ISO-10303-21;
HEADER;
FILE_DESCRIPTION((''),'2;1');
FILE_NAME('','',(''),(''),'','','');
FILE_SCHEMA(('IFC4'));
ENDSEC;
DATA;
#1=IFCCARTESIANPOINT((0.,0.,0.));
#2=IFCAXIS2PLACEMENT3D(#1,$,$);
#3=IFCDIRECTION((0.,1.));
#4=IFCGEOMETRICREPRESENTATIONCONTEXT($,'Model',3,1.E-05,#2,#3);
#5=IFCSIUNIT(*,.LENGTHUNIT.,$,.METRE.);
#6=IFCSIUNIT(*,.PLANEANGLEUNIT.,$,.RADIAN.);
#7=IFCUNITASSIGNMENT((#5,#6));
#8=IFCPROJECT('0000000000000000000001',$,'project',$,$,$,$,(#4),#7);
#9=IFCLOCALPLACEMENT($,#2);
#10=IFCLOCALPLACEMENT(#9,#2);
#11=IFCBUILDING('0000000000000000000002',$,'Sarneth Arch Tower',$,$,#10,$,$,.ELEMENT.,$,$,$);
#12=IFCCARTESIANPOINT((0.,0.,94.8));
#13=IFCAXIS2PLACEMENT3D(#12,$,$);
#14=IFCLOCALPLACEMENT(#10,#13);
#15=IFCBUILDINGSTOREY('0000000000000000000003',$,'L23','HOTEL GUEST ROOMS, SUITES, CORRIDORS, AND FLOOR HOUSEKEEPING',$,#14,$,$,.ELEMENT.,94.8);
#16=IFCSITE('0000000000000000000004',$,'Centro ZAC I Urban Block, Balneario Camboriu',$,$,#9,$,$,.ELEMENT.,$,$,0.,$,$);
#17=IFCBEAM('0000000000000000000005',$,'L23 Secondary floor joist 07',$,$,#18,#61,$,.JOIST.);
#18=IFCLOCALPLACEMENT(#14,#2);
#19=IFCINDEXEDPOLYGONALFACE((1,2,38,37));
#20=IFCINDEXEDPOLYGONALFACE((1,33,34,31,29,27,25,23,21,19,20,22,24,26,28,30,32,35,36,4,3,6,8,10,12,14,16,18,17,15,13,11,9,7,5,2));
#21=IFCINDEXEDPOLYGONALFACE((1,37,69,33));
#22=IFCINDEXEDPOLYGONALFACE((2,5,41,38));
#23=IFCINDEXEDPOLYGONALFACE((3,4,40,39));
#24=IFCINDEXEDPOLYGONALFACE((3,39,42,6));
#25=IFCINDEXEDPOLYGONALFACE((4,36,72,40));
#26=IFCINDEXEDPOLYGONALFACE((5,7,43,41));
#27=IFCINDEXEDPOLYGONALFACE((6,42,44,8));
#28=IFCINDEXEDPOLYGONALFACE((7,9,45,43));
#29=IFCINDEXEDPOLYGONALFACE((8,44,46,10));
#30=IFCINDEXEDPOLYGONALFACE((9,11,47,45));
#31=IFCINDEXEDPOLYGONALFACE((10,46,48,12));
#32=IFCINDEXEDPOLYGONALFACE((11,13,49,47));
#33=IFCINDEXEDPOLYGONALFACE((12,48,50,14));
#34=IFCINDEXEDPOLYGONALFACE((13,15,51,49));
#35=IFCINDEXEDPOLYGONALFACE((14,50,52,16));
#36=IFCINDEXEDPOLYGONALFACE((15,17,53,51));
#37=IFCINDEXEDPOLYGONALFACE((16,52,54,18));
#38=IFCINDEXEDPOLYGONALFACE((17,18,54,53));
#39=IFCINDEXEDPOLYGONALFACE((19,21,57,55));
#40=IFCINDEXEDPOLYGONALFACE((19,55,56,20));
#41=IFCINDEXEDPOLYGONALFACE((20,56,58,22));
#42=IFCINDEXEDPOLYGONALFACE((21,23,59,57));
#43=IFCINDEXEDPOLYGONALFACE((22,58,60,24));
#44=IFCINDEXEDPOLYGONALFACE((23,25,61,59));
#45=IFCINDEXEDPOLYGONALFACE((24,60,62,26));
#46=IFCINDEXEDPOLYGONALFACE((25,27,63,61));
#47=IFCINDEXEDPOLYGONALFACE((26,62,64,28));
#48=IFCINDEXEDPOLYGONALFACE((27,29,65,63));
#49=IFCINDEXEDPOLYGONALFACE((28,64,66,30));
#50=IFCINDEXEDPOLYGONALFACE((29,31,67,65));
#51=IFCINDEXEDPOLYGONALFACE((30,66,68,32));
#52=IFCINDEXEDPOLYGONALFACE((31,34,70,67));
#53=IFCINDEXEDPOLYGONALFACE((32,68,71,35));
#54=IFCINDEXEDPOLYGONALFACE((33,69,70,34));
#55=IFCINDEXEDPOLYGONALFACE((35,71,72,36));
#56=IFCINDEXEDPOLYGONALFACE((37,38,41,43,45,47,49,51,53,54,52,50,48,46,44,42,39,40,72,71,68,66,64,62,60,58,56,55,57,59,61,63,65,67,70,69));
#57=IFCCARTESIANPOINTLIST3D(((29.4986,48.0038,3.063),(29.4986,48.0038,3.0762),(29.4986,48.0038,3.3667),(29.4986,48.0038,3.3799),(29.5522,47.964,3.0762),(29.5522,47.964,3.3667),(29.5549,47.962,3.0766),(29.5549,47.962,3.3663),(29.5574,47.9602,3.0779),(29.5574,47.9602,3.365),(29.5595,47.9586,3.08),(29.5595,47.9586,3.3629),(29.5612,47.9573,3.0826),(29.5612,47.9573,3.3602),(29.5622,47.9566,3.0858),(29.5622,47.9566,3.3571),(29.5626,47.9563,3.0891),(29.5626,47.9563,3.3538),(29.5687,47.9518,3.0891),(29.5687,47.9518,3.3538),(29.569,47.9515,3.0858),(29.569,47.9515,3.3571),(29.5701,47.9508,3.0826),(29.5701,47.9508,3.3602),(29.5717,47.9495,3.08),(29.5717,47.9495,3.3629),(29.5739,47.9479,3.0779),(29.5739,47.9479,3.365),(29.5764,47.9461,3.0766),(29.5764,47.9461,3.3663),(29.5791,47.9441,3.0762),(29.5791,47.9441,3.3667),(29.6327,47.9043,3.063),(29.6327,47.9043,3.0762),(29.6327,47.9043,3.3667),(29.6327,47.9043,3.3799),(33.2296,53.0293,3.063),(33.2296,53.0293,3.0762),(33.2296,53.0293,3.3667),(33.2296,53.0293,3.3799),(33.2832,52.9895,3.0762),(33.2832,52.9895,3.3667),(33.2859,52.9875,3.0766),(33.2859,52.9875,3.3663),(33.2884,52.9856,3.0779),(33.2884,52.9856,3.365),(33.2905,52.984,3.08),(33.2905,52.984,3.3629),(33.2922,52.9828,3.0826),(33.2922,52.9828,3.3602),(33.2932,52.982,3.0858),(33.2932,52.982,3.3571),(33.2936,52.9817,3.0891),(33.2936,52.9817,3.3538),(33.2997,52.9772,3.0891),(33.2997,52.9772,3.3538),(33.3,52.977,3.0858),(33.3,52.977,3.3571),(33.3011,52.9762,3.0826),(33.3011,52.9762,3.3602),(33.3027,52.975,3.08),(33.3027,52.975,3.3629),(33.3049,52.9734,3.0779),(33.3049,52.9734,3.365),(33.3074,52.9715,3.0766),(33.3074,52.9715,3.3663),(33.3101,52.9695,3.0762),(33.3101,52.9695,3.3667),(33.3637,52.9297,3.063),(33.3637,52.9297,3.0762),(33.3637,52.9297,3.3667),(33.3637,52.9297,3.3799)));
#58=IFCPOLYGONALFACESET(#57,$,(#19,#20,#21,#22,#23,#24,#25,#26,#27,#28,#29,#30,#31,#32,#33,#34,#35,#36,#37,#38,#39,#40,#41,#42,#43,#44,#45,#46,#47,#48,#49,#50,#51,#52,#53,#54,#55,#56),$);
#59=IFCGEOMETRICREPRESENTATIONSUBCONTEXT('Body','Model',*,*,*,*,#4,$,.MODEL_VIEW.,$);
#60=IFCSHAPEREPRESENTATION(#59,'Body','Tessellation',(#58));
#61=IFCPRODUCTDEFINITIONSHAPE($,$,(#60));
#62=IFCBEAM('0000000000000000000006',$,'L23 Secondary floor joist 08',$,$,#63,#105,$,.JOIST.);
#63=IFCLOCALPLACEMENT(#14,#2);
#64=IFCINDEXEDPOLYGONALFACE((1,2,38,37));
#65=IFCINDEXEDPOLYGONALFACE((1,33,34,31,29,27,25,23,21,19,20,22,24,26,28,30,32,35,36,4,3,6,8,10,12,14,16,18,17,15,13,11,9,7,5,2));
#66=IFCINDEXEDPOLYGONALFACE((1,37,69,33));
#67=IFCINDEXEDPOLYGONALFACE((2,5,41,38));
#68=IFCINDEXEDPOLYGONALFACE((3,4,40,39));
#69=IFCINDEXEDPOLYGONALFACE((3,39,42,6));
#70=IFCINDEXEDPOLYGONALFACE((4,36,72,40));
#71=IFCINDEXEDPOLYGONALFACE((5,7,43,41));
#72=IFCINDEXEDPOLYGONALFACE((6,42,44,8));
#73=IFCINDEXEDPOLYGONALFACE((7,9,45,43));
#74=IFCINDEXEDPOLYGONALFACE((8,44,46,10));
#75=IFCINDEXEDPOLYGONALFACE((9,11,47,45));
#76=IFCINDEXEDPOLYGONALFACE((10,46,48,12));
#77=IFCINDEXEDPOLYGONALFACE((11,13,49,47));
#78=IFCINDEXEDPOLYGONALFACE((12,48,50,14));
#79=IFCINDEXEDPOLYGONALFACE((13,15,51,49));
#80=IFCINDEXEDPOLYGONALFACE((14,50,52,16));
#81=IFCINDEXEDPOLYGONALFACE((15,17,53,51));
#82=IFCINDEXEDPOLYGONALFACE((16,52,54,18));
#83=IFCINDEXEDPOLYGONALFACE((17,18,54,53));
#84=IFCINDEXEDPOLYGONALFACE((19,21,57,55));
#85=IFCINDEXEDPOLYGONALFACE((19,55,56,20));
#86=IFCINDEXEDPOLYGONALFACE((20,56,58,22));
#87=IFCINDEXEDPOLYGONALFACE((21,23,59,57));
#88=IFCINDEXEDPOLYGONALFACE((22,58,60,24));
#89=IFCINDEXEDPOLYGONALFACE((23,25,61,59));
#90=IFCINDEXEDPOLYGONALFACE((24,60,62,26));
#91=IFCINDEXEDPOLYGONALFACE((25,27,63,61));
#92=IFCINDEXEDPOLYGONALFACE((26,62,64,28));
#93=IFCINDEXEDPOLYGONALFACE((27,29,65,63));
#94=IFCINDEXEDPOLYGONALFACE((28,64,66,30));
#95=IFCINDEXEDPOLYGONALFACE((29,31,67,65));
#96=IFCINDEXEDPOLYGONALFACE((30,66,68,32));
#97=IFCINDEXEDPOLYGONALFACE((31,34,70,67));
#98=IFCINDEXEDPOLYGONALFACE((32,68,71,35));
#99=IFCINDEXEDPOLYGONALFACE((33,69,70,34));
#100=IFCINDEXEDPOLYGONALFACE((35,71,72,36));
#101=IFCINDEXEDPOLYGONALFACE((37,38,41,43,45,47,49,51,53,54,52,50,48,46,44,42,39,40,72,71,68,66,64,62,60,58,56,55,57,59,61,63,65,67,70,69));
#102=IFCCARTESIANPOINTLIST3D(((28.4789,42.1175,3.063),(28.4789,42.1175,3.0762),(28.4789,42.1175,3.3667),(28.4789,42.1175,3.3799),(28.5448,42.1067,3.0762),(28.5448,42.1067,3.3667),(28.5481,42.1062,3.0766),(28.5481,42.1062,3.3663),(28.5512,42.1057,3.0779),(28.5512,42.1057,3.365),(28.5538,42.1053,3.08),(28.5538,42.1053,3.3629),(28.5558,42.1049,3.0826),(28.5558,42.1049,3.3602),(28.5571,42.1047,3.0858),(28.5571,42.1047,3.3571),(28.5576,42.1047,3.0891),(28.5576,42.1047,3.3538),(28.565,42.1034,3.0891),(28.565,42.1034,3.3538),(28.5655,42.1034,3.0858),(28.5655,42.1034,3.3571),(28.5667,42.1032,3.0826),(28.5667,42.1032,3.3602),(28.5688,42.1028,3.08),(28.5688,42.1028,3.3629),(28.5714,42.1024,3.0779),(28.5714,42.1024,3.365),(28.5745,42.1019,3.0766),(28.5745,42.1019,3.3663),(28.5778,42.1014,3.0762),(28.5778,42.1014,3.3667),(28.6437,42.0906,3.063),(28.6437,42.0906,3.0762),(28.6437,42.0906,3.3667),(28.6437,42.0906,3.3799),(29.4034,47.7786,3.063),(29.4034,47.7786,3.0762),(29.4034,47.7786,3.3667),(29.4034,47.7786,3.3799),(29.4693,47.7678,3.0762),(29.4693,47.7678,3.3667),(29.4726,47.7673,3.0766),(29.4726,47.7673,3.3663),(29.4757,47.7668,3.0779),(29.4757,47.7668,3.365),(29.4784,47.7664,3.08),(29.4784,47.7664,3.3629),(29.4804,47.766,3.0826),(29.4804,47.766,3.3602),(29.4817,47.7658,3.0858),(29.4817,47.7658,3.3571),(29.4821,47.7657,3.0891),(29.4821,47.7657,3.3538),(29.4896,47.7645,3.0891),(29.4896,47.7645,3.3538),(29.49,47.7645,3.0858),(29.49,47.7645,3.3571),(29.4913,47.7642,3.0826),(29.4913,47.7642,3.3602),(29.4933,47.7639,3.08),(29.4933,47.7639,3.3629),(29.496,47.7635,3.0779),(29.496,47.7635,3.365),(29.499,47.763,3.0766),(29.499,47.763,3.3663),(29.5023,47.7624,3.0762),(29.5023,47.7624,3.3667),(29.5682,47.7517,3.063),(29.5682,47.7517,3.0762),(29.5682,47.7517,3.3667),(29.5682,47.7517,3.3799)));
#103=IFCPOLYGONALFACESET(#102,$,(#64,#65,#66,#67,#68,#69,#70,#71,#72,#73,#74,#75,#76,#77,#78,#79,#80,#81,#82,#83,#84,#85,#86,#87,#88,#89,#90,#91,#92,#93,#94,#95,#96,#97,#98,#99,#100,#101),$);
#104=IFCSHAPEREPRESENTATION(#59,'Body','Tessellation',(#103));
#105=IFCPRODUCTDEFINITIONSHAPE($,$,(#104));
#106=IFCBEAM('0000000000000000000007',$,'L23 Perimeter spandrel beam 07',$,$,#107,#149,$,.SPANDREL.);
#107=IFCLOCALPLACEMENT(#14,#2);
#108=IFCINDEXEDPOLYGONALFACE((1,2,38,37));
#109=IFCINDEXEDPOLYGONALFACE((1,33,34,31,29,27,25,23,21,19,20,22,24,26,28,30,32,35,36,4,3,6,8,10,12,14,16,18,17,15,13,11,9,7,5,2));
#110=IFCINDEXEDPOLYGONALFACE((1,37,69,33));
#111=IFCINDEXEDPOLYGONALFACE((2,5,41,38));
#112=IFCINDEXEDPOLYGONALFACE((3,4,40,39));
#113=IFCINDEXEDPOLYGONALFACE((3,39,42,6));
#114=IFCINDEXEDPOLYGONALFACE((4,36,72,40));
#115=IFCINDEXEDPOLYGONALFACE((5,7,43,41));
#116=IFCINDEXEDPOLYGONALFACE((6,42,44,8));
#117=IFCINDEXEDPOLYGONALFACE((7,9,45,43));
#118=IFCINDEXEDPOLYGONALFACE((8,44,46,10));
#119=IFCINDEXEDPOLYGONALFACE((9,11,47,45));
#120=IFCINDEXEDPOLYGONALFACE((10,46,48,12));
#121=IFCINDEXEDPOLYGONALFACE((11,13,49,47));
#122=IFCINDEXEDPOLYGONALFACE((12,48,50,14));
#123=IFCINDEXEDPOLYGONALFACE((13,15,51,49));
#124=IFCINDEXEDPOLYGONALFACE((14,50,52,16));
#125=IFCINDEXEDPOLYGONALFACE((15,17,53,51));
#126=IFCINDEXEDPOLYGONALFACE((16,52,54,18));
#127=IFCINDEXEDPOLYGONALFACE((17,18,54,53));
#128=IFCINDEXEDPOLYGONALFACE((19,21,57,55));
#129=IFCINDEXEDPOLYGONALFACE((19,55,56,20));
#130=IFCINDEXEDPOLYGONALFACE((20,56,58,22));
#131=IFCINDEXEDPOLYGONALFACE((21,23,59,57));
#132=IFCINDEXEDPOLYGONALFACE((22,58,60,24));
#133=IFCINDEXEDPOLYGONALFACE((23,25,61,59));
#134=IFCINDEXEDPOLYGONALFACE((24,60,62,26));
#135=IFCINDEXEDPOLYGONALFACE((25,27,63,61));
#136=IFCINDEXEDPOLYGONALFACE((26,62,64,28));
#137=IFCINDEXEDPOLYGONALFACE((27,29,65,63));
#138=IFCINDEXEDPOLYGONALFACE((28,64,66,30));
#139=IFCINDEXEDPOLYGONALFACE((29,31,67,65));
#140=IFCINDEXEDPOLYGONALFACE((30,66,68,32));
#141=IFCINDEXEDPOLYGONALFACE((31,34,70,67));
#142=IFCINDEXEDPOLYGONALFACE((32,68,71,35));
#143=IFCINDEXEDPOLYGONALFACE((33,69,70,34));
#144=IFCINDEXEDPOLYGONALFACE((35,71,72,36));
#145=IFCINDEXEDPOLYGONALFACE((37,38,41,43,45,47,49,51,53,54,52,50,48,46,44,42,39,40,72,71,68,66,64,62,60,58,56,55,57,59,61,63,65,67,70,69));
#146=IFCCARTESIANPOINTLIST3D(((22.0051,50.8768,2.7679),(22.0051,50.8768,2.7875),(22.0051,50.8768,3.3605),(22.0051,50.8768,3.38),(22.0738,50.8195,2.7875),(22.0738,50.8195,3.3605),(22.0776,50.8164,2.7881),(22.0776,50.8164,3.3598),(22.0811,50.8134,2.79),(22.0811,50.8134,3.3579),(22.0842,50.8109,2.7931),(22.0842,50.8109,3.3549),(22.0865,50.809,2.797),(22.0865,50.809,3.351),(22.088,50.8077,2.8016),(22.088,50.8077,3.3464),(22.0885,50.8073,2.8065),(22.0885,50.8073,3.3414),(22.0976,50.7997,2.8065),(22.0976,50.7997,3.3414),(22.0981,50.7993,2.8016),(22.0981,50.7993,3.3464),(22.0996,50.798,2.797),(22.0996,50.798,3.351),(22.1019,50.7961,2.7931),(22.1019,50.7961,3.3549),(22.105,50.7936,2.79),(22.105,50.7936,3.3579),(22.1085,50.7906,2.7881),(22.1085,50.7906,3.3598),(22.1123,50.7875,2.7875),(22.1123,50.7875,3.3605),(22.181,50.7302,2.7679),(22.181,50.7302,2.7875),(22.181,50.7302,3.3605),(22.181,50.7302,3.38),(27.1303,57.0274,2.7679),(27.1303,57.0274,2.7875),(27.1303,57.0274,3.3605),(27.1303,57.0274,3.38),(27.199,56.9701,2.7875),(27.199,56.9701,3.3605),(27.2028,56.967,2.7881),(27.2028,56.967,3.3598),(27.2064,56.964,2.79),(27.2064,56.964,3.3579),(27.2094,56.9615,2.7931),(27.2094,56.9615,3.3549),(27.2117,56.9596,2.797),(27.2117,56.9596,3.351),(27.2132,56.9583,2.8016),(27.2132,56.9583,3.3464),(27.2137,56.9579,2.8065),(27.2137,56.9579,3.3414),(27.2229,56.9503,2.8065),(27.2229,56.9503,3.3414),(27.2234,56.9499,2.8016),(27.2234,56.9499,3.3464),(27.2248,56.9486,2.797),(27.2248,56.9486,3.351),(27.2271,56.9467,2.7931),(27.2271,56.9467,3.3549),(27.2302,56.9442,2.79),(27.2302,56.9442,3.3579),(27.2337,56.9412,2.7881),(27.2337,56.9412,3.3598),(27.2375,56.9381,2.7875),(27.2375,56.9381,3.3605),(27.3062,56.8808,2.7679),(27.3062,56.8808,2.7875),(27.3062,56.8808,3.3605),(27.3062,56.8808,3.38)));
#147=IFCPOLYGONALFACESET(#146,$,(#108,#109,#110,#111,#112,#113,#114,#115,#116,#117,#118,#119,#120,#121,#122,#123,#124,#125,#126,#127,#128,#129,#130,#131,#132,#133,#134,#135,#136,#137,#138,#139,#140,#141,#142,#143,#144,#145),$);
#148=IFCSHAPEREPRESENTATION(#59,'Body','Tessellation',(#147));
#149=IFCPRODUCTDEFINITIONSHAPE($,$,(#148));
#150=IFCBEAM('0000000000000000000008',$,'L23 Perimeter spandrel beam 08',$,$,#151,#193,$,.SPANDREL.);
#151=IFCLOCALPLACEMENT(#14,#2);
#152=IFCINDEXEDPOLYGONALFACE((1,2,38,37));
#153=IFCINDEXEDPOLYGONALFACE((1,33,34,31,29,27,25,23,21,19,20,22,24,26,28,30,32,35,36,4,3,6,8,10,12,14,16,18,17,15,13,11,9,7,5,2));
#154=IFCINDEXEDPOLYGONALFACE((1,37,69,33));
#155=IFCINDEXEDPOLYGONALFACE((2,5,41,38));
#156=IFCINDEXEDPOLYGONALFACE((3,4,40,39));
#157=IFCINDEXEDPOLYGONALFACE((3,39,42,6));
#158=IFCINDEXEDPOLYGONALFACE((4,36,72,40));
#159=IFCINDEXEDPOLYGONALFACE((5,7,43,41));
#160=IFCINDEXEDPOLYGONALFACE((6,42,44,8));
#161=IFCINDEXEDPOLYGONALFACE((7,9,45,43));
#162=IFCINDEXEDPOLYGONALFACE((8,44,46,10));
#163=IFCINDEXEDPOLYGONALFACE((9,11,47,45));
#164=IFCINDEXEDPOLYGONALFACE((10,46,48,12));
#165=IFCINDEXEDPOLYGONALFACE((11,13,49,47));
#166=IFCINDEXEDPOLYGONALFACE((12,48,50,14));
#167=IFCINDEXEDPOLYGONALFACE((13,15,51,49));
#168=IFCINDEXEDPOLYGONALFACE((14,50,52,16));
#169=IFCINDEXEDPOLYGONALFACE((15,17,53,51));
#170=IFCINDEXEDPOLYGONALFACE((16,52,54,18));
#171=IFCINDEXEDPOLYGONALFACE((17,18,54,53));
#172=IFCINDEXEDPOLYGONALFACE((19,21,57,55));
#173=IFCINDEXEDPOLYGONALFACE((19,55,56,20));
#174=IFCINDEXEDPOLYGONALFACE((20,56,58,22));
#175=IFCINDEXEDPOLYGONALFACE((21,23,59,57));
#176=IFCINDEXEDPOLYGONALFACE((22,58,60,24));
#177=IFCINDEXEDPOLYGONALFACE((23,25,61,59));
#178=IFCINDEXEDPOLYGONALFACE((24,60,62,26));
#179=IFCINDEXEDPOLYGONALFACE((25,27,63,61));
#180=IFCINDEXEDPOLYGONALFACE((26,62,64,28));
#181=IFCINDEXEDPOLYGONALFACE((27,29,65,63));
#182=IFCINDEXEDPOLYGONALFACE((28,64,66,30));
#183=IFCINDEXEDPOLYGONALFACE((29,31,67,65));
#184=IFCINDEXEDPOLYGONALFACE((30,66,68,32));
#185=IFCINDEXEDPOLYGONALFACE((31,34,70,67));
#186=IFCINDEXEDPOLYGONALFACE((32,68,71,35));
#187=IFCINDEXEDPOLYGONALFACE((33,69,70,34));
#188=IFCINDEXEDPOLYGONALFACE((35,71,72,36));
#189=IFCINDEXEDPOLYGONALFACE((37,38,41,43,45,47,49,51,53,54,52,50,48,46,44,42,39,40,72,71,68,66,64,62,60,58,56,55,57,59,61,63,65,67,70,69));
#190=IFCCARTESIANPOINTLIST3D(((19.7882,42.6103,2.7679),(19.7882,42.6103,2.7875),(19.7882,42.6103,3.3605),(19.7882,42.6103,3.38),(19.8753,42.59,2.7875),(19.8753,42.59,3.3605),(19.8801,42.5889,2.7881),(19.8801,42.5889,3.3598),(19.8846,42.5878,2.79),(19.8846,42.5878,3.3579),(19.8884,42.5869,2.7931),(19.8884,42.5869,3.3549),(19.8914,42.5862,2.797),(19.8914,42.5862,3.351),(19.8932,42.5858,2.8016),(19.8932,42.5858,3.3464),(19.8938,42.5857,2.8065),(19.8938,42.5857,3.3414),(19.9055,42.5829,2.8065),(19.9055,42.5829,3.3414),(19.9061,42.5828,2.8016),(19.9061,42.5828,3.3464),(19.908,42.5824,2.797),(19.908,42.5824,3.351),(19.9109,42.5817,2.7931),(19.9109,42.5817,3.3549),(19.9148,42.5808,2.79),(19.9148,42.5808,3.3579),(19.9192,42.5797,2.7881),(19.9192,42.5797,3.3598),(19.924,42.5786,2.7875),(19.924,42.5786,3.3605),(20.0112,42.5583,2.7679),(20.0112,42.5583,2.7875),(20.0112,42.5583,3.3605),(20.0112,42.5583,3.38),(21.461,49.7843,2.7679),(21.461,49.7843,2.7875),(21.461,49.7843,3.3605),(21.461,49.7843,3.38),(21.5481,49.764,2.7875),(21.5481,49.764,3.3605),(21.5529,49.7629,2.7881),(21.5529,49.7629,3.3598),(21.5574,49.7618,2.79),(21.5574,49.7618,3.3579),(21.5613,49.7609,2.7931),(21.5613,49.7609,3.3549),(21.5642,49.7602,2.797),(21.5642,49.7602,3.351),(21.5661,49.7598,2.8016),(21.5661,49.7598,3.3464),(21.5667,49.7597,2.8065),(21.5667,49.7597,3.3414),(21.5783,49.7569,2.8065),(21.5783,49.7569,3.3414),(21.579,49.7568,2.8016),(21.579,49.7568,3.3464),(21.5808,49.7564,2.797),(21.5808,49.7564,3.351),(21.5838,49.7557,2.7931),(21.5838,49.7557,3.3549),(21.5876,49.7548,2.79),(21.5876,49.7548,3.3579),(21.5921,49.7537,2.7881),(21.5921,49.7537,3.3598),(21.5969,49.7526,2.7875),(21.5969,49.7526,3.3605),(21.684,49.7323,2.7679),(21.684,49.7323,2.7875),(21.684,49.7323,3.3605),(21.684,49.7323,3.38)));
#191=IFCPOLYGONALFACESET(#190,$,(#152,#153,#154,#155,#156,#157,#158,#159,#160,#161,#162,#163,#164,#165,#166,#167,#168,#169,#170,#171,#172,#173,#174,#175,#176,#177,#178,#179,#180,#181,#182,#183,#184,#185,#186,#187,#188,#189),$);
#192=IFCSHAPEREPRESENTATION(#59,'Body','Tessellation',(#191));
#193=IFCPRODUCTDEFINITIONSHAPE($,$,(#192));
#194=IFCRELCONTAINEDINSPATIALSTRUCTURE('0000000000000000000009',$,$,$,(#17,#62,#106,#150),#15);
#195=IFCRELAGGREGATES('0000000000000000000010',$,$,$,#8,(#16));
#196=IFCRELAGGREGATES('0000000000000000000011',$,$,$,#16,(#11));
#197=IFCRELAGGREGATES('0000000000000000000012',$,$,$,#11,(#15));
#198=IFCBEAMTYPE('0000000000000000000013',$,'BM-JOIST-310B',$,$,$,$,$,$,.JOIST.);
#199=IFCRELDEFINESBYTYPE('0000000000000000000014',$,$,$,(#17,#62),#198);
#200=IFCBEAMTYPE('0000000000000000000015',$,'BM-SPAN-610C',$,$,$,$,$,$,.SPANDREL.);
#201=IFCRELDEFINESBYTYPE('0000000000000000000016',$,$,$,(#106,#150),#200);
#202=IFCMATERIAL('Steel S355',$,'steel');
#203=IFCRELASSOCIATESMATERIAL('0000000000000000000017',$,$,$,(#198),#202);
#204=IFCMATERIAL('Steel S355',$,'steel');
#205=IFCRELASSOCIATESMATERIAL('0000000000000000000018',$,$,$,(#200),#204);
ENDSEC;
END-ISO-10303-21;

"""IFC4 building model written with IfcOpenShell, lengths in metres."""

from ifc_helpers import new_model, si_unit, direction, frame, origin, origin_2d, place, context, subcontext, project, spatial, i_section, extrude, material, material_profile, profile_set, type_object, element, save


model = new_model("IFC4")

# Units and contexts
model_context = context("Model", 3, precision=1e-05, world=origin(), true_north=direction((0.0, 1.0)))
body_context = subcontext(model_context, "Body", "Model", "MODEL_VIEW")
ifc_project = project(units=[si_unit("LENGTHUNIT", "METRE"), si_unit("PLANEANGLEUNIT", "RADIAN")], contexts=[model_context])

# Site, building, storey
site_placement = place(None, origin())
site = spatial("IfcSite", under=ifc_project, at=site_placement, Name="Centro ZAC I Urban Block, Balneario Camboriu", CompositionType="ELEMENT", RefElevation=0.0)
building_placement = place(site_placement, origin())
building = spatial("IfcBuilding", under=site, at=building_placement, Name="Sarneth Arch Tower", CompositionType="ELEMENT")
storey_placement = place(building_placement, frame((0.0, 0.0, 94.8)))
storey = spatial("IfcBuildingStorey", under=building, at=storey_placement, Name="L23", Description="HOTEL GUEST ROOMS, SUITES, CORRIDORS, AND FLOOR HOUSEKEEPING", CompositionType="ELEMENT", Elevation=94.8)

# Beams
ifc_material_1 = material(Name="Steel S355", Category="steel")
ifc_material_profile_1 = material_profile(ifc_material_1, i_section(OverallWidth=0.167, OverallDepth=0.3169, WebThickness=0.0076, FlangeThickness=0.0132, FilletRadius=0.0129, at=origin_2d()), Name="W310x52")
ifc_profile_set_1 = profile_set([ifc_material_profile_1], Name="Steel S355")
beam_type_1 = type_object("IfcBeamType", Name="BM-JOIST-310B", PredefinedType="JOIST", material=ifc_profile_set_1)
beam_1_placement = place(storey_placement, frame((33.2966, 52.9795, 3.2214), z_axis=(-0.596098, -0.802911, 0.0), x_axis=(0.802911, -0.596098, 0.0)))
element("IfcBeam", 1, at=beam_1_placement, inside=storey, type_object=beam_type_1, Name="L23 Secondary floor joist 07", PredefinedType="JOIST", context=body_context, shape_type="SweptSolid", body=[
    extrude(i_section(OverallWidth=0.167, OverallDepth=0.3169, WebThickness=0.0076, FlangeThickness=0.0132, FilletRadius=0.0129, at=origin_2d()), origin(), (0.0, 0.0, 1.0), 6.259),
])
beam_2_placement = place(storey_placement, frame((29.4858, 47.7651, 3.2214), z_axis=(-0.161182, -0.986925, 0.0), x_axis=(0.986925, -0.161182, 0.0)))
element("IfcBeam", 2, at=beam_2_placement, inside=storey, type_object=beam_type_1, Name="L23 Secondary floor joist 08", PredefinedType="JOIST", context=body_context, shape_type="SweptSolid", body=[
    extrude(i_section(OverallWidth=0.167, OverallDepth=0.3169, WebThickness=0.0076, FlangeThickness=0.0132, FilletRadius=0.0129, at=origin_2d()), origin(), (0.0, 0.0, 1.0), 5.7361),
])
ifc_material_2 = material(Name="Steel S355", Category="steel")
ifc_material_profile_2 = material_profile(ifc_material_2, i_section(OverallWidth=0.229, OverallDepth=0.6121, WebThickness=0.012, FlangeThickness=0.0195, FilletRadius=0.019, at=origin_2d()), Name="W610x125")
ifc_profile_set_2 = profile_set([ifc_material_profile_2], Name="Steel S355")
beam_type_2 = type_object("IfcBeamType", Name="BM-SPAN-610C", PredefinedType="SPANDREL", material=ifc_profile_set_2)
beam_3_placement = place(storey_placement, frame((27.2183, 56.9541, 3.074), z_axis=(-0.640163, -0.768239, 0.0), x_axis=(0.768239, -0.640163, 0.0)))
element("IfcBeam", 3, at=beam_3_placement, inside=storey, type_object=beam_type_2, Name="L23 Perimeter spandrel beam 07", PredefinedType="SPANDREL", context=body_context, shape_type="SweptSolid", body=[
    extrude(i_section(OverallWidth=0.229, OverallDepth=0.6121, WebThickness=0.012, FlangeThickness=0.0195, FilletRadius=0.019, at=origin_2d()), origin(), (0.0, 0.0, 1.0), 8.0061),
])
beam_4_placement = place(storey_placement, frame((21.5725, 49.7583, 3.074), z_axis=(-0.227088, -0.973874, 0.0), x_axis=(0.973874, -0.227088, 0.0)))
element("IfcBeam", 4, at=beam_4_placement, inside=storey, type_object=beam_type_2, Name="L23 Perimeter spandrel beam 08", PredefinedType="SPANDREL", context=body_context, shape_type="SweptSolid", body=[
    extrude(i_section(OverallWidth=0.229, OverallDepth=0.6121, WebThickness=0.012, FlangeThickness=0.0195, FilletRadius=0.019, at=origin_2d()), origin(), (0.0, 0.0, 1.0), 7.3665),
])

save(model, "model.ifc")
